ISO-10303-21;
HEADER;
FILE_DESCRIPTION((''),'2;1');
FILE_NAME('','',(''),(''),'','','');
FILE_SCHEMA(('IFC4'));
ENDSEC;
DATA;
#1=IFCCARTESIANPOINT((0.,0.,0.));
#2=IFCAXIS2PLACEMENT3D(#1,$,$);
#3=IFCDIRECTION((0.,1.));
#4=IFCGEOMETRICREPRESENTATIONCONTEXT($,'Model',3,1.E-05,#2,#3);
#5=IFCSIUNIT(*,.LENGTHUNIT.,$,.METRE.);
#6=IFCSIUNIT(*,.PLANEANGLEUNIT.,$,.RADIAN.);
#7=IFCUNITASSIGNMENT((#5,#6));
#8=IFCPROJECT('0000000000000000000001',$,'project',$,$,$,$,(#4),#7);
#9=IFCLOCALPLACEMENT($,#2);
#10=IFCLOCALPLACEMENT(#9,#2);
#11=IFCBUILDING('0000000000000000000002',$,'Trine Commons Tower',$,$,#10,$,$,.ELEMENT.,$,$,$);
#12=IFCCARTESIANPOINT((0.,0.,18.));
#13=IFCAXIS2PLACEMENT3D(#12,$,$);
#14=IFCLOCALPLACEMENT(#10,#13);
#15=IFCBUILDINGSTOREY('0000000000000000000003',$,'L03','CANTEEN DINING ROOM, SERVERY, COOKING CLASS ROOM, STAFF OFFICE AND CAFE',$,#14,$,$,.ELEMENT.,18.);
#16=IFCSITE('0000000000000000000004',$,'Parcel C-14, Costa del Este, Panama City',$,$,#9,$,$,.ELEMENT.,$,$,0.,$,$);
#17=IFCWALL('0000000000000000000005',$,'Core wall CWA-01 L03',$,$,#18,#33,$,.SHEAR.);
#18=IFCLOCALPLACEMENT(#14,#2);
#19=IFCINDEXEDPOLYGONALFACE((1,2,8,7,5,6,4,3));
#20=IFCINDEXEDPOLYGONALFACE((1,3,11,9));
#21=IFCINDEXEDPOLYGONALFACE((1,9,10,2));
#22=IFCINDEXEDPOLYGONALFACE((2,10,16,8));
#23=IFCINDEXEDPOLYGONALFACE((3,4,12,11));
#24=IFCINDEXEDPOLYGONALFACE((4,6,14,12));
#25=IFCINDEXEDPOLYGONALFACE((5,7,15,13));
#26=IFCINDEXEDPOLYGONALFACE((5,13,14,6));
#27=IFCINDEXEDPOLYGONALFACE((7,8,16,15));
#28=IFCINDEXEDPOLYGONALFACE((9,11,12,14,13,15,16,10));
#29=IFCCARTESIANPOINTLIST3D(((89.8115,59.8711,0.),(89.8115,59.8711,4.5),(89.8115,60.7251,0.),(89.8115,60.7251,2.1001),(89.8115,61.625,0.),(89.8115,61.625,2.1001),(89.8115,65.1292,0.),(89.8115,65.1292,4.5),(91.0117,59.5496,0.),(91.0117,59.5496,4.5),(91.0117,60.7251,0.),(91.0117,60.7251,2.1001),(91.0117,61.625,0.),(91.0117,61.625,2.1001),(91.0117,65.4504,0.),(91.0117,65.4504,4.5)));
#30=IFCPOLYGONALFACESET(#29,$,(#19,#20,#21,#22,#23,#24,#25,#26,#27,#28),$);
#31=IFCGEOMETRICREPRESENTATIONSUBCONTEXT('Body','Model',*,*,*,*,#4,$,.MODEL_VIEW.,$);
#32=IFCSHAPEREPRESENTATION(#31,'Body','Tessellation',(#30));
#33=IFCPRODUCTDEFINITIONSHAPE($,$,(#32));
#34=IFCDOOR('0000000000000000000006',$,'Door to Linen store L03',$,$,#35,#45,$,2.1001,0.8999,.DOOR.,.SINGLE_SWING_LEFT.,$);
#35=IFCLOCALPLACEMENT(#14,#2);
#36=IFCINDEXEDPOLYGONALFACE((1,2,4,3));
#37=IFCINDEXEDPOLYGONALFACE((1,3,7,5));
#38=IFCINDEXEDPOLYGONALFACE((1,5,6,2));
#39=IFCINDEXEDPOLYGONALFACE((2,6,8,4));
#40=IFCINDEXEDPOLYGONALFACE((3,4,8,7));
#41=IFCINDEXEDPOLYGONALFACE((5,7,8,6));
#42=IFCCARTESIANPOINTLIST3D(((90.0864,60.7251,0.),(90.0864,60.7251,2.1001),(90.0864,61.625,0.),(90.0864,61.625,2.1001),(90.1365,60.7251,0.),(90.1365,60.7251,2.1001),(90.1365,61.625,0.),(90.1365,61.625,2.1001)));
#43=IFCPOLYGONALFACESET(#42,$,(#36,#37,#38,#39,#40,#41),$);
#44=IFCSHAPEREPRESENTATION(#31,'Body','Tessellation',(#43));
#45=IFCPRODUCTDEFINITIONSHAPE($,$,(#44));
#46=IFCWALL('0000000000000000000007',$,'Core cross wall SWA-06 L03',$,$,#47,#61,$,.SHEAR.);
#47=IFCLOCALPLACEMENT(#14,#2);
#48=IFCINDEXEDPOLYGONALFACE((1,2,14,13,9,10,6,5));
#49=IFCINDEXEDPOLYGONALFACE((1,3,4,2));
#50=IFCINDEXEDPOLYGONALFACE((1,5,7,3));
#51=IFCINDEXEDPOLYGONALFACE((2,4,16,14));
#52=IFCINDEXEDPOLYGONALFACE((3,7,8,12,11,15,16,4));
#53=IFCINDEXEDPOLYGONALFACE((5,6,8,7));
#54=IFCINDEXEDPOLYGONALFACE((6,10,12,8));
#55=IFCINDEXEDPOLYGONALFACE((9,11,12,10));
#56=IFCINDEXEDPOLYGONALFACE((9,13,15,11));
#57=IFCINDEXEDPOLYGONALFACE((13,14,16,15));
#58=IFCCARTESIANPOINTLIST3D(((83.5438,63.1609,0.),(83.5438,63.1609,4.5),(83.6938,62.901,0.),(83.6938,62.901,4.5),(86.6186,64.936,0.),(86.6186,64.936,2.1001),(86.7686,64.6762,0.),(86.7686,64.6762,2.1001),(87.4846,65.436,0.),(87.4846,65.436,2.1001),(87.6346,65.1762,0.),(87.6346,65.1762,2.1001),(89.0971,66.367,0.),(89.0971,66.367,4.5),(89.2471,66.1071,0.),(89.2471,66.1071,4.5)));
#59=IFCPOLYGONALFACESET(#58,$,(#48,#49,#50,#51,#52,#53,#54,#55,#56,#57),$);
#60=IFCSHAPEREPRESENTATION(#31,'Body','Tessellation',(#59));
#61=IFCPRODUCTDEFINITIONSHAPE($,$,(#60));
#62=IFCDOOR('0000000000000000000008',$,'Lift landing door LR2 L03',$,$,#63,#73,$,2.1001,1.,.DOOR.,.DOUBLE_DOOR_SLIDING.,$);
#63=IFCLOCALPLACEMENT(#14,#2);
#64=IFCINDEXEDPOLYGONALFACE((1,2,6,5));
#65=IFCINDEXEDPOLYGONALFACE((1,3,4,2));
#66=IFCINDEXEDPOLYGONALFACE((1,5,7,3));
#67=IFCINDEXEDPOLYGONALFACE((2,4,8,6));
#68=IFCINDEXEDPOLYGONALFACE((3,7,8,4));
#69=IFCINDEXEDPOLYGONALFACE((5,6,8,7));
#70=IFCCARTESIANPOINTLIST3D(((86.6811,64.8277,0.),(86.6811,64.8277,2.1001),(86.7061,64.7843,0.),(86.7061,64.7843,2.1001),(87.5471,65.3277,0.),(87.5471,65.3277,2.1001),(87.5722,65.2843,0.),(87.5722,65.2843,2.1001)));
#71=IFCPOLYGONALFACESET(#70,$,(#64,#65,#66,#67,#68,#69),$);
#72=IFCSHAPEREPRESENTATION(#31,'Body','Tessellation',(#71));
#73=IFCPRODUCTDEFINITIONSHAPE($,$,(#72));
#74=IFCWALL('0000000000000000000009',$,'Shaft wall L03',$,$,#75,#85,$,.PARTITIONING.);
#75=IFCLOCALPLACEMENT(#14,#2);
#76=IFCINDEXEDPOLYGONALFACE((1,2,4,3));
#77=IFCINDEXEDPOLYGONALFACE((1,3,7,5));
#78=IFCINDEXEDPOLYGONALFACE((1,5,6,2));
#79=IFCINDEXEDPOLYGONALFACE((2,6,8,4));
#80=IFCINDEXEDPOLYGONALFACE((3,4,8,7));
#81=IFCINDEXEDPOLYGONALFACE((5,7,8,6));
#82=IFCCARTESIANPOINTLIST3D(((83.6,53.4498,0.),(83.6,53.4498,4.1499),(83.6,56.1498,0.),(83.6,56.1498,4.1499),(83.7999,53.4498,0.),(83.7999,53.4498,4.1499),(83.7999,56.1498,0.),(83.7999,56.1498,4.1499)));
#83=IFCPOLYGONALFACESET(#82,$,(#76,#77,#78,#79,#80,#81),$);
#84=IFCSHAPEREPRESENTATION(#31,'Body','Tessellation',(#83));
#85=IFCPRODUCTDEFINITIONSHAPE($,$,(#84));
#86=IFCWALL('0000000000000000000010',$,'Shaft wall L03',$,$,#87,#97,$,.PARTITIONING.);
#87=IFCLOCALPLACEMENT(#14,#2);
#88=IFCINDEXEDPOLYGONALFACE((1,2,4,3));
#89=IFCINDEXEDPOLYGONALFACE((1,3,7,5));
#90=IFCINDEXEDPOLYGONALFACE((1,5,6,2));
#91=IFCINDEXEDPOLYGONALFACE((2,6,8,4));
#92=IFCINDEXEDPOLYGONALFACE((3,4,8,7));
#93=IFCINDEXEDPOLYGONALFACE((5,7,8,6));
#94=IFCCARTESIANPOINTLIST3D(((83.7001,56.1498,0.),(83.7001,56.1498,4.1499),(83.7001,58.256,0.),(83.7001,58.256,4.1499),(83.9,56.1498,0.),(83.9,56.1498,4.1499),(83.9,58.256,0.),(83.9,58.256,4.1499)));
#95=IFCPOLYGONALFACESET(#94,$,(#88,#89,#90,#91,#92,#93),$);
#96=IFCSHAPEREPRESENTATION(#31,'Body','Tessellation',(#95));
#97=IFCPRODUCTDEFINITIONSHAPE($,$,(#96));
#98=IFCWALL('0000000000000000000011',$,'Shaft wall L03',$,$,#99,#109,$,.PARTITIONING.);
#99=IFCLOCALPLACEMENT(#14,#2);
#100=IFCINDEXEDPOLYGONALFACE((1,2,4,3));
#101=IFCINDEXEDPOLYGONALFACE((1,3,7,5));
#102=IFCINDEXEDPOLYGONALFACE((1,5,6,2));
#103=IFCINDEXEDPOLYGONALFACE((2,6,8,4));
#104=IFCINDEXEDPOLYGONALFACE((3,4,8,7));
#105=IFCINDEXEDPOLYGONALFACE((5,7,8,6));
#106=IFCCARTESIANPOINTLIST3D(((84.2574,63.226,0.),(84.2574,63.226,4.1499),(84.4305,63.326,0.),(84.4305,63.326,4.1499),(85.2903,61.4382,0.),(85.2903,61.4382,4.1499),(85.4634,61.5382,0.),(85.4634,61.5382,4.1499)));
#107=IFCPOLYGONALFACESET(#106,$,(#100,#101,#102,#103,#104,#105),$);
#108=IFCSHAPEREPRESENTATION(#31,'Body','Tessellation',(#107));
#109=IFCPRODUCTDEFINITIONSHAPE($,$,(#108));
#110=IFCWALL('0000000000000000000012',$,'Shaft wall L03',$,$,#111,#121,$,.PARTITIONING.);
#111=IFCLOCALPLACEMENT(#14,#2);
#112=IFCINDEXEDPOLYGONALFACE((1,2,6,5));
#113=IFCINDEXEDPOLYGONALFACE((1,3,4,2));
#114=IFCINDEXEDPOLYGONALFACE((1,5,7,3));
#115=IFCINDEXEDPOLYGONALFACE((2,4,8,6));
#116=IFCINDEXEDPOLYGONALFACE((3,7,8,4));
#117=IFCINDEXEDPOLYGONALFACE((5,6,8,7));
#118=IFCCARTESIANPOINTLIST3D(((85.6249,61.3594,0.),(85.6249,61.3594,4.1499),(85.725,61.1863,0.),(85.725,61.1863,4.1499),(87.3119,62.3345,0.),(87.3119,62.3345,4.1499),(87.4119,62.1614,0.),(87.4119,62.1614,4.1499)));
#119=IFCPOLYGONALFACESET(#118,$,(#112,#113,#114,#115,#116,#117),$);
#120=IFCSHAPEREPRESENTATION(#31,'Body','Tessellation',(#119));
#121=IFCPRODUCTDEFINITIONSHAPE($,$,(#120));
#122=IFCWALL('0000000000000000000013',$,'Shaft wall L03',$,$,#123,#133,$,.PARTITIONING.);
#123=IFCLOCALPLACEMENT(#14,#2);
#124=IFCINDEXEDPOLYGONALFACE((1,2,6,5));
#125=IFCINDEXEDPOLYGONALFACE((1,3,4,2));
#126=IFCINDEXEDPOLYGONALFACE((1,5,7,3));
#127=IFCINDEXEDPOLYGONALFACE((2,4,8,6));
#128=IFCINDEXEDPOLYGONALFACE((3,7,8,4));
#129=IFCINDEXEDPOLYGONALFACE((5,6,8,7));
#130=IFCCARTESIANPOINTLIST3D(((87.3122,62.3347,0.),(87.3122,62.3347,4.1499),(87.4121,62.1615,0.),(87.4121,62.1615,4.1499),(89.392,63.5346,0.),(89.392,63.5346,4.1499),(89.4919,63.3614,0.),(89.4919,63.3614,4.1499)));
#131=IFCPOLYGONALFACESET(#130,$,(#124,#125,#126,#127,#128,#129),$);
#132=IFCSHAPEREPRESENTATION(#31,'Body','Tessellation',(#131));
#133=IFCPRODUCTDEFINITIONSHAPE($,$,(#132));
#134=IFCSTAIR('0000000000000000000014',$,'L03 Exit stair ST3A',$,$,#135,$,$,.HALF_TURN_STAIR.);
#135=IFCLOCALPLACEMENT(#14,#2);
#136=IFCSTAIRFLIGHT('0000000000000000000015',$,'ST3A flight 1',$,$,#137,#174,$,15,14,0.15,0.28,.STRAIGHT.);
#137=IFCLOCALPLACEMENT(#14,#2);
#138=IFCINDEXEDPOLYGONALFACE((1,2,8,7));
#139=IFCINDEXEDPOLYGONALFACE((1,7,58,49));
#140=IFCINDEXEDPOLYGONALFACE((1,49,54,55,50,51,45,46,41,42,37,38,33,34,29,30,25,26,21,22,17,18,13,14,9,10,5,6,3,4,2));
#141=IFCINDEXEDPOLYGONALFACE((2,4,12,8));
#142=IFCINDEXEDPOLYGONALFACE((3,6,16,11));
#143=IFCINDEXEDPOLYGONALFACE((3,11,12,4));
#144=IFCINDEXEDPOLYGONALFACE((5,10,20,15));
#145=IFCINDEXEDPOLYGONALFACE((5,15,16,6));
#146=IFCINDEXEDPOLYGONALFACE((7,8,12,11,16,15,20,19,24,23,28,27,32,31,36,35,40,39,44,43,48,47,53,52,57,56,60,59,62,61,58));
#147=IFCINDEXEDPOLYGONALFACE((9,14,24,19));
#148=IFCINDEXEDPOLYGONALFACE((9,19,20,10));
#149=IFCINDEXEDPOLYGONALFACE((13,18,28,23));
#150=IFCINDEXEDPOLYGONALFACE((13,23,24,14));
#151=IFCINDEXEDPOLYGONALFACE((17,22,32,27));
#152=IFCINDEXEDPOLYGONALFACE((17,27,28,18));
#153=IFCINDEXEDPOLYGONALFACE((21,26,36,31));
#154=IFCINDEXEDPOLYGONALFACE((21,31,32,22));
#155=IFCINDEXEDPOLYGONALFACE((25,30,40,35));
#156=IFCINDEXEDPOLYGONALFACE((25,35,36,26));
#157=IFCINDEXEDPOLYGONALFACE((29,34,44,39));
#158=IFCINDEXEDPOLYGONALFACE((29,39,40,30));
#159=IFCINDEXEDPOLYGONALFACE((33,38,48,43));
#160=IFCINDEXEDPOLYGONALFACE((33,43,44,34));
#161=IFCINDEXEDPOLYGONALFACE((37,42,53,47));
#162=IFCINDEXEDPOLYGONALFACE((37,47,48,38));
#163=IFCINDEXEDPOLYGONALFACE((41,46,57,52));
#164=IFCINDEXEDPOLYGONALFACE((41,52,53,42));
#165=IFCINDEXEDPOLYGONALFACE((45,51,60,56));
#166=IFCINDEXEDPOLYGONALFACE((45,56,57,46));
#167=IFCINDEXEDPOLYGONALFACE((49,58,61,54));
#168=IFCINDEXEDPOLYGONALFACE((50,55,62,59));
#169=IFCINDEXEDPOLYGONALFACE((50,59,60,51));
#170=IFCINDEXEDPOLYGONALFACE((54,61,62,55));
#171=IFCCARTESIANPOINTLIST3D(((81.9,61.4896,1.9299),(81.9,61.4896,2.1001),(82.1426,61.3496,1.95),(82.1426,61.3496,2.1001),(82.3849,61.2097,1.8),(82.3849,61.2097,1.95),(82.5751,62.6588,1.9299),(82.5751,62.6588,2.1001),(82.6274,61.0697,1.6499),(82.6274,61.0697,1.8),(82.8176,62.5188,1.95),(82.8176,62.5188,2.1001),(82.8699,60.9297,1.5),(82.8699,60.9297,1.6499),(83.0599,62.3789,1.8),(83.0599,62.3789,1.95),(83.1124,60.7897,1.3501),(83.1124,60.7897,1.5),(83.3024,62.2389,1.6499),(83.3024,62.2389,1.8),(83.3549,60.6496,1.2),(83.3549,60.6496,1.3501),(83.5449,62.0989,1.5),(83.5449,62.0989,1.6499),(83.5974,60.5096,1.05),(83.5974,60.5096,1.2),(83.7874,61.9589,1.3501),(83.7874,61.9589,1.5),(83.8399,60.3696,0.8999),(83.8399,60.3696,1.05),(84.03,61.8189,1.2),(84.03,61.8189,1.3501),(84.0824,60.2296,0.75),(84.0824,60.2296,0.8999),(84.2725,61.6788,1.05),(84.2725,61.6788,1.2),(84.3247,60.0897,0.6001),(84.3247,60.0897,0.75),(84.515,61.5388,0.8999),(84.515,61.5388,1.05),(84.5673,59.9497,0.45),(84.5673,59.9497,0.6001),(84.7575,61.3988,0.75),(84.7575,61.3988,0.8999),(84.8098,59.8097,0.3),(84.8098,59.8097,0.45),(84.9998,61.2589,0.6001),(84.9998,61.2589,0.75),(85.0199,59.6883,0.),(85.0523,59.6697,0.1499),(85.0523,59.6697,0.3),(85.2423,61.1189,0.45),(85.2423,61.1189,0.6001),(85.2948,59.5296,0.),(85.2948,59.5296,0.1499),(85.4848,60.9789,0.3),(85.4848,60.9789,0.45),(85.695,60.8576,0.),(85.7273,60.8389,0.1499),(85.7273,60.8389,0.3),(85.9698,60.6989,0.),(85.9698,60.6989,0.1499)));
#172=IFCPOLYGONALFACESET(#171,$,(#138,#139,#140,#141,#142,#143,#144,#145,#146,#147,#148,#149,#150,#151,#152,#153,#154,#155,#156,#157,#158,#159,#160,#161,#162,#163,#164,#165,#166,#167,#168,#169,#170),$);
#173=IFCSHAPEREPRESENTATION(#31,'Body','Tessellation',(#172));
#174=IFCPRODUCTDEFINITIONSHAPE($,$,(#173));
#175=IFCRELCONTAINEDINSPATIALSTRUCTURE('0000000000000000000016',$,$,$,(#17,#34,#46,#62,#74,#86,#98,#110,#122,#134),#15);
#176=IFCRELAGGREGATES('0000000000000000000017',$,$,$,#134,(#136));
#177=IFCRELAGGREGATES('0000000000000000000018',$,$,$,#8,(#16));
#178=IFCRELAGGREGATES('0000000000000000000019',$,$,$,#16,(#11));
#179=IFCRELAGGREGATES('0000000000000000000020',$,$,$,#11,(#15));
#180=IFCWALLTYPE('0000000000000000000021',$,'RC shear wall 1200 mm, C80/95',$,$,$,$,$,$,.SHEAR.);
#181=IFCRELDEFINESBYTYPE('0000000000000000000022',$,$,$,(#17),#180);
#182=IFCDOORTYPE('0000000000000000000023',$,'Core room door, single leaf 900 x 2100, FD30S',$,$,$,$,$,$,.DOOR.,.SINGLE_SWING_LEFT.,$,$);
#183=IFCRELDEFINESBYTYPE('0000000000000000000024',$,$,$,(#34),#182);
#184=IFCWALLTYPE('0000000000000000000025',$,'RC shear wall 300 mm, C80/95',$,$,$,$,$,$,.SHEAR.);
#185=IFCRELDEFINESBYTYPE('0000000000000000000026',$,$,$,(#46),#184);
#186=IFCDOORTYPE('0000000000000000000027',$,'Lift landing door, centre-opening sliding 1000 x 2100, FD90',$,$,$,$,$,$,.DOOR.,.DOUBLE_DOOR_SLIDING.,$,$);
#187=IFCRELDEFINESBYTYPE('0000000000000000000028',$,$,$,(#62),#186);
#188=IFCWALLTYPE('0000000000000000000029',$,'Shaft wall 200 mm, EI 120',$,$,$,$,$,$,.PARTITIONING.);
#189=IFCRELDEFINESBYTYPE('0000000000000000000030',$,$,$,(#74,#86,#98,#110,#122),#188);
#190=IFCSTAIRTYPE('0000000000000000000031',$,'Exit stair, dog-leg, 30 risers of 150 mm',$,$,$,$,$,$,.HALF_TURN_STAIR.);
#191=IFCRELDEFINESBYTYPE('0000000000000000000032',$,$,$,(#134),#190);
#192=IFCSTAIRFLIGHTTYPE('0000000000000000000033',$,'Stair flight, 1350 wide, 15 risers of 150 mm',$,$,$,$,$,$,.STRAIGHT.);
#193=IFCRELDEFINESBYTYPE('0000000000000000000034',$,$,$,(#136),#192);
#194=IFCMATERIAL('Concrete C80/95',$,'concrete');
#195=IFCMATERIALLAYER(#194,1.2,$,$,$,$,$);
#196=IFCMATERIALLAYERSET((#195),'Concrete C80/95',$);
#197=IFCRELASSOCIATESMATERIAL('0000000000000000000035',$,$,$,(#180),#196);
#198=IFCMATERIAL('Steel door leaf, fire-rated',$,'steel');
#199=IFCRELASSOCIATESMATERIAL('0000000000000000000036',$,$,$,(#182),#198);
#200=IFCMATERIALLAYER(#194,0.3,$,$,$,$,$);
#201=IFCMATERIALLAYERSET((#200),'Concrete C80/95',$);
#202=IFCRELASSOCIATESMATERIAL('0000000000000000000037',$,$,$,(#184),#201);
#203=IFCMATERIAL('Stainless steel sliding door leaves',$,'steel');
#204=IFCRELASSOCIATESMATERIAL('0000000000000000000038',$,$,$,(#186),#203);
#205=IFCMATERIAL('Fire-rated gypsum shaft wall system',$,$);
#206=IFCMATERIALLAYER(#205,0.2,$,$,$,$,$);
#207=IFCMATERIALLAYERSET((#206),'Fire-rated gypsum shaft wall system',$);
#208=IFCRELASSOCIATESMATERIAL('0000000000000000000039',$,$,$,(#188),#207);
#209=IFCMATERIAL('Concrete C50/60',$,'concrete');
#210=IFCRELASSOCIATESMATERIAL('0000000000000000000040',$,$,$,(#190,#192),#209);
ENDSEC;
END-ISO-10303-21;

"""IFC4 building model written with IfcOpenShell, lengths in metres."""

from ifc_helpers import new_model, si_unit, direction, frame, frame_2d, origin, place, context, subcontext, project, spatial, polyline, rectangle, outline, extrude, material, layer, layer_set, type_object, element, fill, aggregate, save


model = new_model("IFC4")

# Units and contexts
model_context = context("Model", 3, precision=1e-05, world=origin(), true_north=direction((0.0, 1.0)))
body_context = subcontext(model_context, "Body", "Model", "MODEL_VIEW")
ifc_project = project(units=[si_unit("LENGTHUNIT", "METRE"), si_unit("PLANEANGLEUNIT", "RADIAN")], contexts=[model_context])

# Site, building, storey
site_placement = place(None, origin())
site = spatial("IfcSite", under=ifc_project, at=site_placement, Name="Parcel C-14, Costa del Este, Panama City", CompositionType="ELEMENT", RefElevation=0.0)
building_placement = place(site_placement, origin())
building = spatial("IfcBuilding", under=site, at=building_placement, Name="Trine Commons Tower", CompositionType="ELEMENT")
storey_placement = place(building_placement, frame((0.0, 0.0, 18.0)))
storey = spatial("IfcBuildingStorey", under=building, at=storey_placement, Name="L03", Description="CANTEEN DINING ROOM, SERVERY, COOKING CLASS ROOM, STAFF OFFICE AND CAFE", CompositionType="ELEMENT", Elevation=18.0)

# Shared definitions
ifc_material_1 = material(Name="Concrete C80/95", Category="concrete")

# Shared definitions
ifc_material_2 = material(Name="Concrete C50/60", Category="concrete")

# Shared definitions
ifc_material_3 = material(Name="Fire-rated gypsum shaft wall system")
ifc_material_4 = material(Name="Steel door leaf, fire-rated", Category="steel")

# Walls, openings, doors
ifc_layer_1 = layer(ifc_material_1, 1.2)
ifc_layer_set_1 = layer_set([ifc_layer_1], Name="Concrete C80/95")
wall_type_1 = type_object("IfcWallType", Name="RC shear wall 1200 mm, C80/95", PredefinedType="SHEAR", material=ifc_layer_set_1)
wall_1_placement = place(storey_placement, frame((90.4116, 59.5496, 0.0), z_axis=(0.0, 0.0, 1.0), x_axis=(0.0, 1.0, 0.0)))
wall_1 = element("IfcWall", 1, at=wall_1_placement, inside=storey, type_object=wall_type_1, Name="Core wall CWA-01 L03", PredefinedType="SHEAR", context=body_context, shape_type="SweptSolid", body=[
    extrude(outline(polyline([(0.0, -0.6001), (5.9009, -0.6001), (5.5796, 0.6001), (0.3215, 0.6001), (0.0, -0.6001)])), origin(), (0.0, 0.0, 1.0), 4.5),
])
opening_1_placement = place(wall_1_placement, frame((1.1755, 0.0, 0.0)))
opening_1 = element("IfcOpeningElement", 2, at=opening_1_placement, cuts=wall_1, PredefinedType="OPENING", context=body_context, shape_type="SweptSolid", body=[
    extrude(rectangle(XDim=0.8999, YDim=2.1001, at=frame_2d((0.45, 1.05))), frame((0.0, 0.6099, 0.0), z_axis=(0.0, -1.0, 0.0), x_axis=(1.0, 0.0, 0.0)), (0.0, 0.0, 1.0), 1.22),
])
door_type_1 = type_object("IfcDoorType", Name="Core room door, single leaf 900 x 2100, FD30S", OperationType="SINGLE_SWING_LEFT", PredefinedType="DOOR", material=ifc_material_4)
door_1_placement = place(opening_1_placement, origin())
door_1 = element("IfcDoor", 3, at=door_1_placement, inside=storey, type_object=door_type_1, Name="Door to Linen store L03", OperationType="SINGLE_SWING_LEFT", OverallHeight=2.1001, OverallWidth=0.8999, PredefinedType="DOOR", context=body_context, shape_type="SweptSolid", body=[
    extrude(rectangle(XDim=0.8999, YDim=2.1001, at=frame_2d((0.45, 1.05))), frame((0.0, 0.3252, 0.0), z_axis=(0.0, -1.0, 0.0), x_axis=(1.0, 0.0, 0.0)), (0.0, 0.0, 1.0), 0.05),
])
fill(opening_1, door_1)
ifc_layer_2 = layer(ifc_material_1, 0.3)
ifc_layer_set_2 = layer_set([ifc_layer_2], Name="Concrete C80/95")
wall_type_2 = type_object("IfcWallType", Name="RC shear wall 300 mm, C80/95", PredefinedType="SHEAR", material=ifc_layer_set_2)
wall_2_placement = place(storey_placement, frame((83.6189, 63.031, 0.0), z_axis=(0.0, 0.0, 1.0), x_axis=(0.866032, 0.499988, 0.0)))
wall_2 = element("IfcWall", 4, at=wall_2_placement, inside=storey, type_object=wall_type_2, Name="Core cross wall SWA-06 L03", PredefinedType="SHEAR", context=body_context, shape_type="SweptSolid", body=[
    extrude(rectangle(XDim=6.4124, YDim=0.3, at=frame_2d((3.2061, 0.0))), origin(), (0.0, 0.0, 1.0), 4.5),
])
opening_2_placement = place(wall_2_placement, frame((3.5503, 0.0, 0.0)))
opening_2 = element("IfcOpeningElement", 5, at=opening_2_placement, cuts=wall_2, PredefinedType="OPENING", context=body_context, shape_type="SweptSolid", body=[
    extrude(rectangle(XDim=1.0, YDim=2.1001, at=frame_2d((0.5, 1.05))), frame((0.0, 0.1599, 0.0), z_axis=(0.0, -1.0, 0.0), x_axis=(1.0, 0.0, 0.0)), (0.0, 0.0, 1.0), 0.3201),
])
ifc_material_5 = material(Name="Stainless steel sliding door leaves", Category="steel")
door_type_2 = type_object("IfcDoorType", Name="Lift landing door, centre-opening sliding 1000 x 2100, FD90", OperationType="DOUBLE_DOOR_SLIDING", PredefinedType="DOOR", material=ifc_material_5)
door_2_placement = place(opening_2_placement, origin())
door_2 = element("IfcDoor", 6, at=door_2_placement, inside=storey, type_object=door_type_2, Name="Lift landing door LR2 L03", OperationType="DOUBLE_DOOR_SLIDING", OverallHeight=2.1001, OverallWidth=1.0, PredefinedType="DOOR", context=body_context, shape_type="SweptSolid", body=[
    extrude(rectangle(XDim=1.0, YDim=2.1001, at=frame_2d((0.5, 1.05))), frame((0.0, 0.0249, 0.0), z_axis=(0.0, -1.0, 0.0), x_axis=(1.0, 0.0, 0.0)), (0.0, 0.0, 1.0), 0.05),
])
fill(opening_2, door_2)

# Walls
ifc_layer_3 = layer(ifc_material_3, 0.2)
ifc_layer_set_3 = layer_set([ifc_layer_3], Name="Fire-rated gypsum shaft wall system")
wall_type_3 = type_object("IfcWallType", Name="Shaft wall 200 mm, EI 120", PredefinedType="PARTITIONING", material=ifc_layer_set_3)
wall_3_placement = place(storey_placement, frame((83.7, 56.1499, 0.0), z_axis=(0.0, 0.0, 1.0), x_axis=(0.0, -1.0, 0.0)))
element("IfcWall", 7, at=wall_3_placement, inside=storey, type_object=wall_type_3, Name="Shaft wall L03", PredefinedType="PARTITIONING", context=body_context, shape_type="SweptSolid", body=[
    extrude(rectangle(XDim=2.7, YDim=0.2, at=frame_2d((1.3501, 0.0))), origin(), (0.0, 0.0, 1.0), 4.1499),
])
wall_4_placement = place(storey_placement, frame((83.8, 58.2561, 0.0), z_axis=(0.0, 0.0, 1.0), x_axis=(0.0, -1.0, 0.0)))
element("IfcWall", 8, at=wall_4_placement, inside=storey, type_object=wall_type_3, Name="Shaft wall L03", PredefinedType="PARTITIONING", context=body_context, shape_type="SweptSolid", body=[
    extrude(rectangle(XDim=2.1062, YDim=0.2, at=frame_2d((1.0532, 0.0))), origin(), (0.0, 0.0, 1.0), 4.1499),
])
wall_5_placement = place(storey_placement, frame((84.344, 63.2759, 0.0), z_axis=(0.0, 0.0, 1.0), x_axis=(0.500272, -0.865868, 0.0)))
element("IfcWall", 9, at=wall_5_placement, inside=storey, type_object=wall_type_3, Name="Shaft wall L03", PredefinedType="PARTITIONING", context=body_context, shape_type="SweptSolid", body=[
    extrude(rectangle(XDim=2.0647, YDim=0.2, at=frame_2d((1.0322, 0.0))), origin(), (0.0, 0.0, 1.0), 4.1499),
])
wall_6_placement = place(storey_placement, frame((85.675, 61.2729, 0.0), z_axis=(0.0, 0.0, 1.0), x_axis=(0.865781, 0.500424, 0.0)))
element("IfcWall", 10, at=wall_6_placement, inside=storey, type_object=wall_type_3, Name="Shaft wall L03", PredefinedType="PARTITIONING", context=body_context, shape_type="SweptSolid", body=[
    extrude(rectangle(XDim=1.9485, YDim=0.2, at=frame_2d((0.9741, 0.0))), origin(), (0.0, 0.0, 1.0), 4.1499),
])
wall_7_placement = place(storey_placement, frame((87.3621, 62.248, 0.0), z_axis=(0.0, 0.0, 1.0), x_axis=(0.866177, 0.499737, 0.0)))
element("IfcWall", 11, at=wall_7_placement, inside=storey, type_object=wall_type_3, Name="Shaft wall L03", PredefinedType="PARTITIONING", context=body_context, shape_type="SweptSolid", body=[
    extrude(rectangle(XDim=2.4011, YDim=0.2, at=frame_2d((1.2007, 0.0))), origin(), (0.0, 0.0, 1.0), 4.1499),
])

# Stair, stair flight
stair_type = type_object("IfcStairType", Name="Exit stair, dog-leg, 30 risers of 150 mm", PredefinedType="HALF_TURN_STAIR", material=ifc_material_2)
stair_placement = place(storey_placement, origin())
stair = element("IfcStair", 12, at=stair_placement, inside=storey, type_object=stair_type, Name="L03 Exit stair ST3A", PredefinedType="HALF_TURN_STAIR")
stair_flight_type = type_object("IfcStairFlightType", Name="Stair flight, 1350 wide, 15 risers of 150 mm", PredefinedType="STRAIGHT", material=ifc_material_2)
stair_flight_placement = place(storey_placement, frame((85.6323, 60.1143, 0.0), z_axis=(0.0, 0.0, 1.0), x_axis=(-0.866025, 0.5, 0.0)))
stair_flight = element("IfcStairFlight", 13, at=stair_flight_placement, type_object=stair_flight_type, Name="ST3A flight 1", NumberOfRisers=15, NumberOfTreads=14, PredefinedType="STRAIGHT", RiserHeight=0.15, TreadLength=0.28, context=body_context, shape_type="SweptSolid", body=[
    extrude(outline(polyline([(0.0, 0.0), (0.0, 0.1499), (0.28, 0.1499), (0.28, 0.3), (0.5601, 0.3), (0.5601, 0.45), (0.8401, 0.45), (0.8401, 0.6001), (1.1201, 0.6001), (1.1201, 0.75), (1.3999, 0.75), (1.3999, 0.8999), (1.6799, 0.8999), (1.6799, 1.05), (1.96, 1.05), (1.96, 1.2), (2.24, 1.2), (2.24, 1.3501), (2.52, 1.3501), (2.52, 1.5), (2.8, 1.5), (2.8, 1.6499), (3.0801, 1.6499), (3.0801, 1.8), (3.3601, 1.8), (3.3601, 1.95), (3.6399, 1.95), (3.6399, 2.1001), (3.9199, 2.1001), (3.9199, 2.25), (3.9199, 1.9299), (0.3174, 0.0), (0.0, 0.0)])), frame((0.0, 0.675, 0.0), z_axis=(0.0, -1.0, 0.0), x_axis=(1.0, 0.0, 0.0)), (0.0, 0.0, 1.0), 1.3501),
])
aggregate(stair, [stair_flight])

save(model, "model.ifc")
